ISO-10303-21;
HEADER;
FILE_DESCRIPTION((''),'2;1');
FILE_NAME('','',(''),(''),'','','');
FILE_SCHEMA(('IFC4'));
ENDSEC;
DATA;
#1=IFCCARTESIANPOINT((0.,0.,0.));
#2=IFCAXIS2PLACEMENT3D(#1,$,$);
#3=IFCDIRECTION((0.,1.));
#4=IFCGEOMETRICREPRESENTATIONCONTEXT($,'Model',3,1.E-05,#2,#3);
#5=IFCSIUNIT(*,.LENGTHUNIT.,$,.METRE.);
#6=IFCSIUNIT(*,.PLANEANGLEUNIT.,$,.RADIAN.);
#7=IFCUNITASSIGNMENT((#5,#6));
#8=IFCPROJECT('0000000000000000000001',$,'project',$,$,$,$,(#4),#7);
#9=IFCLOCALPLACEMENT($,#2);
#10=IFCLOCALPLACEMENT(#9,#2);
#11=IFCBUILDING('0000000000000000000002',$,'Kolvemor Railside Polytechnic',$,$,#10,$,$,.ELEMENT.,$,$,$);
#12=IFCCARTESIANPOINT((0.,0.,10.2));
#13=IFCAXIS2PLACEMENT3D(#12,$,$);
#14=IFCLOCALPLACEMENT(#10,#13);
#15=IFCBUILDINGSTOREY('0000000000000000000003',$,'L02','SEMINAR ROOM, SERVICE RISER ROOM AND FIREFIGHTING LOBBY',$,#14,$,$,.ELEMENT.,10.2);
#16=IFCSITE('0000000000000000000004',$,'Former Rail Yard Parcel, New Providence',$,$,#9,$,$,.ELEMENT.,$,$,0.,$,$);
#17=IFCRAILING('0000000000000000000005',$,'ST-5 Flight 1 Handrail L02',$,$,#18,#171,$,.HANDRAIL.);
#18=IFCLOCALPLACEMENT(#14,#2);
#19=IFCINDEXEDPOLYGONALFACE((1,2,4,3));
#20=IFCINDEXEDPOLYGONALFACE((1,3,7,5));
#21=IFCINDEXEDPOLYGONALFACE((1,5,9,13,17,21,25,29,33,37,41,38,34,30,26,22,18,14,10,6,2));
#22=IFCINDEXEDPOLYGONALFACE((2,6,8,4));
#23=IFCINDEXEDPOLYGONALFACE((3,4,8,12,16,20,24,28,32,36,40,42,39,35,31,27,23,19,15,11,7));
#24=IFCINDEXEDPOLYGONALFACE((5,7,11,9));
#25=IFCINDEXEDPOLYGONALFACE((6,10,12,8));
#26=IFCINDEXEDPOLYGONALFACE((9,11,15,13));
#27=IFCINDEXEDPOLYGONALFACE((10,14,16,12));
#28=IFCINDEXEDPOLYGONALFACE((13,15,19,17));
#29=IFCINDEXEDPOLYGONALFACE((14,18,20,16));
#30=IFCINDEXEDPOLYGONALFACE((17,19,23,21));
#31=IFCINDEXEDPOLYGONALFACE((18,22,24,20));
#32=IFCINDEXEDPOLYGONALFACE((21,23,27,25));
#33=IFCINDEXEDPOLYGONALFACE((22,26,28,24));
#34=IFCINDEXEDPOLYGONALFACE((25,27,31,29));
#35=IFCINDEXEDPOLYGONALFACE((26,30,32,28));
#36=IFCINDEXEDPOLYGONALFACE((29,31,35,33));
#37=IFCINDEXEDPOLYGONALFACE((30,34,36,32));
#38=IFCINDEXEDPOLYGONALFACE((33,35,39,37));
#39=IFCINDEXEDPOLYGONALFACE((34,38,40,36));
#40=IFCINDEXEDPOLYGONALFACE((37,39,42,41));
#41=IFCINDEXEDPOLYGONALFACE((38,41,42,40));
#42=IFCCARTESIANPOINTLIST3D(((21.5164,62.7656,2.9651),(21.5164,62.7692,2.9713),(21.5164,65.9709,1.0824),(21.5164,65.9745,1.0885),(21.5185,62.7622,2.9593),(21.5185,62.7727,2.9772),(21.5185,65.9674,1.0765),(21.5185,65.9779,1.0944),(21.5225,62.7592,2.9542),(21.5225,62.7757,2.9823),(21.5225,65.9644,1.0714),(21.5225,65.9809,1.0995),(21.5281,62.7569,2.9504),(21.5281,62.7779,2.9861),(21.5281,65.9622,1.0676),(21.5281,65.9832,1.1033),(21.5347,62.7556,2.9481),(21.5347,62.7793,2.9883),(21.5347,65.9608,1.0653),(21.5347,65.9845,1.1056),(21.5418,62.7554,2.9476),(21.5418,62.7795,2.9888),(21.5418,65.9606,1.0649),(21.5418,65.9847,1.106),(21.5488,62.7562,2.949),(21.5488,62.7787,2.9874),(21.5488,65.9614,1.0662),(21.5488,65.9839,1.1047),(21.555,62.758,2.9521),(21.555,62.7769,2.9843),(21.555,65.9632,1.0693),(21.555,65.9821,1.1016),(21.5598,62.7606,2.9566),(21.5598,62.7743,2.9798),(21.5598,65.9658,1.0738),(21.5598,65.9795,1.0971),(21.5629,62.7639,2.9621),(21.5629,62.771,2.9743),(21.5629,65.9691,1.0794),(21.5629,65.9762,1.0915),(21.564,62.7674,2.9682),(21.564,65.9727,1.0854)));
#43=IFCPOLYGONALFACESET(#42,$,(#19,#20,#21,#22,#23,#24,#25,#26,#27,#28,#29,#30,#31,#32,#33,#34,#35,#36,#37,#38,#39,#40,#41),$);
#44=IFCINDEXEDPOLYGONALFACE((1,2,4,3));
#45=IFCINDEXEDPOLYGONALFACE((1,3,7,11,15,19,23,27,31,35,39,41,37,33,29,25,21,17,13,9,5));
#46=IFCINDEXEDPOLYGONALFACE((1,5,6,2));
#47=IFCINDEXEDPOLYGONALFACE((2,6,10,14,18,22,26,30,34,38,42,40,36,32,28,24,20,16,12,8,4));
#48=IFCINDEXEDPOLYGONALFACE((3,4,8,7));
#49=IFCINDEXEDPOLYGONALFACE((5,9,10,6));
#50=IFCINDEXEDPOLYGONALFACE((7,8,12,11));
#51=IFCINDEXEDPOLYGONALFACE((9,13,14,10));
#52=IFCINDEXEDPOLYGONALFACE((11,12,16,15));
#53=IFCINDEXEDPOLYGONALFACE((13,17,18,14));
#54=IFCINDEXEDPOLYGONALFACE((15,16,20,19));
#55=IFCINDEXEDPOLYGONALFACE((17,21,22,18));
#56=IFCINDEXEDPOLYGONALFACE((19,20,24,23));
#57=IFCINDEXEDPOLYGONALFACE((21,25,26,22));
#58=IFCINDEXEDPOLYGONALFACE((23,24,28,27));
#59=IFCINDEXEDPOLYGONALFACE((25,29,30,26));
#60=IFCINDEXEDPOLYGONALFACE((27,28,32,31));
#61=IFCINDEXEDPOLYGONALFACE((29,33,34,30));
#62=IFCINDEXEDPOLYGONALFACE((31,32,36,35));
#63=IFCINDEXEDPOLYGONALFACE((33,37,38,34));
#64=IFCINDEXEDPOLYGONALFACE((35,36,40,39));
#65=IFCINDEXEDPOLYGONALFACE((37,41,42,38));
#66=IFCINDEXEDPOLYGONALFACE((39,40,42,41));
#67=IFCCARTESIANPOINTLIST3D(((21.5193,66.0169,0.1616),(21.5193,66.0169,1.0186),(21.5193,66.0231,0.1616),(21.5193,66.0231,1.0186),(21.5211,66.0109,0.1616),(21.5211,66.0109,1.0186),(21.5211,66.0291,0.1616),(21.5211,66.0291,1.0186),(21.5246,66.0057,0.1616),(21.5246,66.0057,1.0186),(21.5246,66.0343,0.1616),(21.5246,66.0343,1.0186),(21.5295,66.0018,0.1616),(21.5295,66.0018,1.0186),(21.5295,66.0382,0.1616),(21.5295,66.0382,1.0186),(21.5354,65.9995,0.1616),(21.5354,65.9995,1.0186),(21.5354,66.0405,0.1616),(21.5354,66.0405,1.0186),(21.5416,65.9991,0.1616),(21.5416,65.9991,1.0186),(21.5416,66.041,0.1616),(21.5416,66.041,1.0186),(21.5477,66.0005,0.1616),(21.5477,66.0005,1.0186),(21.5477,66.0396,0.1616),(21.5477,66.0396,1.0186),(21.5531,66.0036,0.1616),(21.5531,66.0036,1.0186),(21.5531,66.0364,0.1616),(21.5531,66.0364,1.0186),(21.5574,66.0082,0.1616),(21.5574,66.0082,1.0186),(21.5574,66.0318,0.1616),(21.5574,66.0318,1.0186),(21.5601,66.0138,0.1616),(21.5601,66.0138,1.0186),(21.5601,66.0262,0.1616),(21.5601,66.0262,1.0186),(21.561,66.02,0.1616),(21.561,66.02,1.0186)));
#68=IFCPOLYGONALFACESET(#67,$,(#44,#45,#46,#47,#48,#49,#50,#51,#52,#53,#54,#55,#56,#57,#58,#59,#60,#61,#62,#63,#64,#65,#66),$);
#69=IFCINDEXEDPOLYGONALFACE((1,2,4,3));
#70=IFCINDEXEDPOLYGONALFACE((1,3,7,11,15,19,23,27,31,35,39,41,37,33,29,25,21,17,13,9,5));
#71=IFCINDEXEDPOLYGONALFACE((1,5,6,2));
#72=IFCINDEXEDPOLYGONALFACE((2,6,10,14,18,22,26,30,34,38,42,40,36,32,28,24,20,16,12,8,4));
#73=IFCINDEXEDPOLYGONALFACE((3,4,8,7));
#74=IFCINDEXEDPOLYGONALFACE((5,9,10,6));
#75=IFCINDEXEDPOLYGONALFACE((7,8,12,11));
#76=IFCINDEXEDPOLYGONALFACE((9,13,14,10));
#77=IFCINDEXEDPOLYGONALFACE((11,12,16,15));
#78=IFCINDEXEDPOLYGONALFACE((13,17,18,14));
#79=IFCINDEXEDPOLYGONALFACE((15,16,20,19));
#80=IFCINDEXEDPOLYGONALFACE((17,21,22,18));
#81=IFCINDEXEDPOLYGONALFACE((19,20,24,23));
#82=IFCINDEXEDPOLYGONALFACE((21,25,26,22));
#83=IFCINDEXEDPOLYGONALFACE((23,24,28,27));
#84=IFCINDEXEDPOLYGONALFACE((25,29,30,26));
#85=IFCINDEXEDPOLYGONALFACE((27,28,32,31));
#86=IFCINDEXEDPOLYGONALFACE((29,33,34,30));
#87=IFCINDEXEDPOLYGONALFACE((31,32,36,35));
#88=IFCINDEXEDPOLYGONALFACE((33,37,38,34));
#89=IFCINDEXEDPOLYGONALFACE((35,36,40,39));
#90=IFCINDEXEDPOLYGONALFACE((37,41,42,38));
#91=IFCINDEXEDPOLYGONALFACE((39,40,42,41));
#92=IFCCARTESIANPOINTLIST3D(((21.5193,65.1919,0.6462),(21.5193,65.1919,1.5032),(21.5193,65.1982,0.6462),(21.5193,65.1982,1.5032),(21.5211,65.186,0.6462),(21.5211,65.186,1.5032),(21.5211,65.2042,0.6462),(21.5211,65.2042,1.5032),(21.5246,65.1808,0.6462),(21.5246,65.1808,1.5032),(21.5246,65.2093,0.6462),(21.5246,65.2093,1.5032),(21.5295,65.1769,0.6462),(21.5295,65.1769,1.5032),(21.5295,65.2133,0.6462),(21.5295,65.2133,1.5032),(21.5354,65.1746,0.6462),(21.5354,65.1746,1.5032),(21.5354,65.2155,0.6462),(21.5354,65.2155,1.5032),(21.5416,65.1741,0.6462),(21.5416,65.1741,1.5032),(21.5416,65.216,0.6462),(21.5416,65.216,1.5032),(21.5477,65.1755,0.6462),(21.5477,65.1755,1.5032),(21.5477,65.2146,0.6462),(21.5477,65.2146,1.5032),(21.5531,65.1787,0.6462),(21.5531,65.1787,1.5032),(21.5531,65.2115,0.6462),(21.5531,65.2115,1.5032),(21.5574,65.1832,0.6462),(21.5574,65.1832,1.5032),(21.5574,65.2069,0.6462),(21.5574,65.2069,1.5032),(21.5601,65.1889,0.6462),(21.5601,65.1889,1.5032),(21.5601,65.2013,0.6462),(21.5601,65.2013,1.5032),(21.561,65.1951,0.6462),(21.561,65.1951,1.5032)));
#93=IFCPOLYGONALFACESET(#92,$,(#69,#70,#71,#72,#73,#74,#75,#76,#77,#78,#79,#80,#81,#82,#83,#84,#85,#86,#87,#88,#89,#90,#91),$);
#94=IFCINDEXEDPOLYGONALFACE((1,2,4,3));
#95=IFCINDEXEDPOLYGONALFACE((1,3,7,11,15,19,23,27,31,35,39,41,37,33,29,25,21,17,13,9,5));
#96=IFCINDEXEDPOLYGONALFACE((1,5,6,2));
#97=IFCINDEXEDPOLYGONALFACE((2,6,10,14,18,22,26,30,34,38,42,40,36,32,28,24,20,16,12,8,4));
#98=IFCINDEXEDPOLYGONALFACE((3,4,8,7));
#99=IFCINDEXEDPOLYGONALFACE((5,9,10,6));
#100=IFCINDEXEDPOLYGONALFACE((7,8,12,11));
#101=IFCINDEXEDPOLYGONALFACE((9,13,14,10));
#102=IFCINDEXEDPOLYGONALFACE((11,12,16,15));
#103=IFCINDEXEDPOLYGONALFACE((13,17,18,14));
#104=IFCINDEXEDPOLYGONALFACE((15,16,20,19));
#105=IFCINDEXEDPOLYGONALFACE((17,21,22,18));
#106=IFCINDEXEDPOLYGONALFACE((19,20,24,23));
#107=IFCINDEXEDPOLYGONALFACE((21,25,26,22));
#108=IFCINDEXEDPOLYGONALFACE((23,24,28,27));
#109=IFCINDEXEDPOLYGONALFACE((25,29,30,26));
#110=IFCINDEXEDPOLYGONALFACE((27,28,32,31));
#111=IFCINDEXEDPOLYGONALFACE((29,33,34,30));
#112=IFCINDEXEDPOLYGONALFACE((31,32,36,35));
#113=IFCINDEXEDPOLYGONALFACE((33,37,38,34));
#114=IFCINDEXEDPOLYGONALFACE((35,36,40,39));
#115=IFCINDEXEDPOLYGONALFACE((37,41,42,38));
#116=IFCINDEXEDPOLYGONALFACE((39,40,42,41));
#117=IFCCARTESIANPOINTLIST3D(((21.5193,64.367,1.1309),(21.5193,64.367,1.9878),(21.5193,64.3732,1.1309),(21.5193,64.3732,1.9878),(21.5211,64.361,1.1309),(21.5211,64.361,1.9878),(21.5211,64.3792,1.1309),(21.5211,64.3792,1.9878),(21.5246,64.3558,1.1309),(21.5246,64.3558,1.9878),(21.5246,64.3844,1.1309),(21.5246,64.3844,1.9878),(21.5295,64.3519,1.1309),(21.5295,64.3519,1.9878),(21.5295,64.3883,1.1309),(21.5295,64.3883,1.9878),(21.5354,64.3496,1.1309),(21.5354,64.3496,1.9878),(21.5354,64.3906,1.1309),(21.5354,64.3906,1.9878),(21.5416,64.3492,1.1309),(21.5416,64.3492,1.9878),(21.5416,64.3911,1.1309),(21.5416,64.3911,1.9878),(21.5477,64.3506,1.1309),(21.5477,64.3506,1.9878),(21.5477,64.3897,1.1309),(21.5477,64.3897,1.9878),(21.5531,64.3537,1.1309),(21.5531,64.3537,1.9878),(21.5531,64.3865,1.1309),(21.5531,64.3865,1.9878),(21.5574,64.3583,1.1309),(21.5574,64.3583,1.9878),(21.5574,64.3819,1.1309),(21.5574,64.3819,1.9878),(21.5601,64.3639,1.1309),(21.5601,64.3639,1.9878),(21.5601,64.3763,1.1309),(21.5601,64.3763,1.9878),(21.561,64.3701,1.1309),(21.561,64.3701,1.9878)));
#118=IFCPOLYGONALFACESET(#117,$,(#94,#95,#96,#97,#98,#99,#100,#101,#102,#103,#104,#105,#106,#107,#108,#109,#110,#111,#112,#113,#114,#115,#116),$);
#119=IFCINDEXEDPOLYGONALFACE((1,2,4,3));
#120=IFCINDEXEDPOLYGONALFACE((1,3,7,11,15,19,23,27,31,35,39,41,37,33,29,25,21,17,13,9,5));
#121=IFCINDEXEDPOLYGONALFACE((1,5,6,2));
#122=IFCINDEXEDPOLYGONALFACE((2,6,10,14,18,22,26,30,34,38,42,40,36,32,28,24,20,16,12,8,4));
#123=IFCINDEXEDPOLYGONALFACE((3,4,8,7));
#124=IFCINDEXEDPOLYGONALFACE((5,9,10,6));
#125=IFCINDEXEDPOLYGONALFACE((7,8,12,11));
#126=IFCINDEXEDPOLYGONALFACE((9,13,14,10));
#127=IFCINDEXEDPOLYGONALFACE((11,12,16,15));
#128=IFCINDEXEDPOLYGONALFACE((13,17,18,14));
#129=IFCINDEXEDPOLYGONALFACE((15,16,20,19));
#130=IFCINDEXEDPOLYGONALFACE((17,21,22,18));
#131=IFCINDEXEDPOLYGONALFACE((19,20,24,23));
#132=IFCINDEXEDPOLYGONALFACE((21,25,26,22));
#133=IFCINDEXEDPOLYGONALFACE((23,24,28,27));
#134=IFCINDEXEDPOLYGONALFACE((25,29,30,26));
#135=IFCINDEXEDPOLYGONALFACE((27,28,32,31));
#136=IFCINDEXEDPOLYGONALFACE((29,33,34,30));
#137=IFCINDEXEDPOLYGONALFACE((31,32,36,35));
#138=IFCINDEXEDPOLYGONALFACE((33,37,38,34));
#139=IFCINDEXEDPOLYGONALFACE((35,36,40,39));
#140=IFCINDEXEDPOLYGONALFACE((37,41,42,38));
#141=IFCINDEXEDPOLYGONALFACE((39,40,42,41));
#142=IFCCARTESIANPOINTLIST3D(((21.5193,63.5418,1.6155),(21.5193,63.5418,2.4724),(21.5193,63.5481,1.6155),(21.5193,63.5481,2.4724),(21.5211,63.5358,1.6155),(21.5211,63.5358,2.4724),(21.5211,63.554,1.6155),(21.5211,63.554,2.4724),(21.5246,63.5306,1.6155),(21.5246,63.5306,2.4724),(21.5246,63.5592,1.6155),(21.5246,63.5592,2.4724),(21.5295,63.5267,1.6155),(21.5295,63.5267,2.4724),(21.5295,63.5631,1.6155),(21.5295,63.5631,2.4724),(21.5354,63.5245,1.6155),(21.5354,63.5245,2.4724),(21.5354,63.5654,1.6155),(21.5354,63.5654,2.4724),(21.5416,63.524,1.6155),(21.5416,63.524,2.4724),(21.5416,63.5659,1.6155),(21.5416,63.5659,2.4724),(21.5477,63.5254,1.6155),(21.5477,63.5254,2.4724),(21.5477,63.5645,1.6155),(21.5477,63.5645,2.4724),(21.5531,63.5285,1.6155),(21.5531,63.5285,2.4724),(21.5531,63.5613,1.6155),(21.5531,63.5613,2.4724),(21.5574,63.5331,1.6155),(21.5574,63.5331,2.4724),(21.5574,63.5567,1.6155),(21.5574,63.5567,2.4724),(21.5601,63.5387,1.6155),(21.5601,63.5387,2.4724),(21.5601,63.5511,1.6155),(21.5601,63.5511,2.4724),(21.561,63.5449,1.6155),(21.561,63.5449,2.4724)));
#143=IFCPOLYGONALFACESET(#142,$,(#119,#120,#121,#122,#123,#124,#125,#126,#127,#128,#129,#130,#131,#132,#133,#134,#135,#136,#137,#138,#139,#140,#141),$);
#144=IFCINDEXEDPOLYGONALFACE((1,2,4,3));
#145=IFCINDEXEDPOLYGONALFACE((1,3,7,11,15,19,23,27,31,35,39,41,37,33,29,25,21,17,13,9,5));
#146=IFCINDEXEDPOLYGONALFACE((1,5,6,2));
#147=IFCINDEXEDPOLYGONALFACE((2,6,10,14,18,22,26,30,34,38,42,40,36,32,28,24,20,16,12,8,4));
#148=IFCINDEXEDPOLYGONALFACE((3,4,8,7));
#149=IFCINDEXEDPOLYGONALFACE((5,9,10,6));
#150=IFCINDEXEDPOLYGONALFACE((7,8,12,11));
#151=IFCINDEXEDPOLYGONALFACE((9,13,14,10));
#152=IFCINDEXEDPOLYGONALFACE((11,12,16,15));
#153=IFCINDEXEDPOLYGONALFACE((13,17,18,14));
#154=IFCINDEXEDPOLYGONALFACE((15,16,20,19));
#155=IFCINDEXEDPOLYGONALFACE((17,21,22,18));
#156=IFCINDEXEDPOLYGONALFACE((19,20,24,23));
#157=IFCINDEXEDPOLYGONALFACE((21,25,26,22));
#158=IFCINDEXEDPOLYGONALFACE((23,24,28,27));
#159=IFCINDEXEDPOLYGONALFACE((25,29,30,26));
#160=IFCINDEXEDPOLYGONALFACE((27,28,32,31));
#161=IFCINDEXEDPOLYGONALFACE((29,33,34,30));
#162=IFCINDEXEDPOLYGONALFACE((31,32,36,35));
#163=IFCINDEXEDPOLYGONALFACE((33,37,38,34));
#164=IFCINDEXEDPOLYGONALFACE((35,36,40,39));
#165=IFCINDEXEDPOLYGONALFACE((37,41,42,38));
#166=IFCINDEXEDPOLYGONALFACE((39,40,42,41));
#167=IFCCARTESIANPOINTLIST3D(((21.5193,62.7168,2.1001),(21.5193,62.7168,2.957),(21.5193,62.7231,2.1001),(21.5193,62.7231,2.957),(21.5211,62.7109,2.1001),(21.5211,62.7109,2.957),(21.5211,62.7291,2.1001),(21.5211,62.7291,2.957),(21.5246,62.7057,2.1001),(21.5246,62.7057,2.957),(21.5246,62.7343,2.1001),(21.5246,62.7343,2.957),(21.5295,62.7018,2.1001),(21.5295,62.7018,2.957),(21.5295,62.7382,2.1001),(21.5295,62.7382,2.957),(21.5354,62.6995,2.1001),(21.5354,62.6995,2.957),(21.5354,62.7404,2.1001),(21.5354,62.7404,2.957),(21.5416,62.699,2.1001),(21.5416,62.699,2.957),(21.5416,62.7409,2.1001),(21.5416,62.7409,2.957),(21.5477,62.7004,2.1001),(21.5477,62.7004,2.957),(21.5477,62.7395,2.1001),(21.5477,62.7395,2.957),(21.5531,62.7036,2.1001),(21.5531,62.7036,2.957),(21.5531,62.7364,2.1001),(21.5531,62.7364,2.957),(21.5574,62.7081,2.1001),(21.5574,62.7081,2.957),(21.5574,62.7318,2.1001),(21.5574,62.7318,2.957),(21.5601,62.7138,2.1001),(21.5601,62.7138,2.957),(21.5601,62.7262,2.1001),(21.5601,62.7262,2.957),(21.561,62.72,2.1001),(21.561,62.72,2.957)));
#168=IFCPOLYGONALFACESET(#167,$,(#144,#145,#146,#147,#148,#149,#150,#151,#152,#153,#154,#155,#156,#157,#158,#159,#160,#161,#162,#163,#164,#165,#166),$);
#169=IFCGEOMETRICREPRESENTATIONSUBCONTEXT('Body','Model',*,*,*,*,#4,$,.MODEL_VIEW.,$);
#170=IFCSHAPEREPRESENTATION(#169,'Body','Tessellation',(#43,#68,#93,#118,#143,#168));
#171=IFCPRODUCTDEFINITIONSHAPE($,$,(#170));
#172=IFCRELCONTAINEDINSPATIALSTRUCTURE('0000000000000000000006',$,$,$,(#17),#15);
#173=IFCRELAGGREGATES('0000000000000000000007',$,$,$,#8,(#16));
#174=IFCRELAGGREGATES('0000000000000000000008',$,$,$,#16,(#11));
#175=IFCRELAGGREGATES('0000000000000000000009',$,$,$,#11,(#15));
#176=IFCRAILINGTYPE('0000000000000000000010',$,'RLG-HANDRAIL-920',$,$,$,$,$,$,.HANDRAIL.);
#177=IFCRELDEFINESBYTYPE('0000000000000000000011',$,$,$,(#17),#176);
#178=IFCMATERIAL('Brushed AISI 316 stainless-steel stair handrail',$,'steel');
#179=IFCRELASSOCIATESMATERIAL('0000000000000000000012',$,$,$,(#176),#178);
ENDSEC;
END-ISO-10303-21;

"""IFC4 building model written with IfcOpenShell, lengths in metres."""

from ifc_helpers import new_model, si_unit, direction, frame, origin, origin_2d, place, context, subcontext, project, spatial, circle, extrude, material, type_object, element, save


model = new_model("IFC4")

# Units and contexts
model_context = context("Model", 3, precision=1e-05, world=origin(), true_north=direction((0.0, 1.0)))
body_context = subcontext(model_context, "Body", "Model", "MODEL_VIEW")
ifc_project = project(units=[si_unit("LENGTHUNIT", "METRE"), si_unit("PLANEANGLEUNIT", "RADIAN")], contexts=[model_context])

# Site, building, storey
site_placement = place(None, origin())
site = spatial("IfcSite", under=ifc_project, at=site_placement, Name="Former Rail Yard Parcel, New Providence", CompositionType="ELEMENT", RefElevation=0.0)
building_placement = place(site_placement, origin())
building = spatial("IfcBuilding", under=site, at=building_placement, Name="Kolvemor Railside Polytechnic", CompositionType="ELEMENT")
storey_placement = place(building_placement, frame((0.0, 0.0, 10.2)))
storey = spatial("IfcBuildingStorey", under=building, at=storey_placement, Name="L02", Description="SEMINAR ROOM, SERVICE RISER ROOM AND FIREFIGHTING LOBBY", CompositionType="ELEMENT", Elevation=10.2)

# Railing
ifc_material_1 = material(Name="Brushed AISI 316 stainless-steel stair handrail", Category="steel")
railing_type_1 = type_object("IfcRailingType", Name="RLG-HANDRAIL-920", PredefinedType="HANDRAIL", material=ifc_material_1)
railing_1_placement = place(storey_placement, frame((21.54, 66.02, 0.1616)))
element("IfcRailing", 1, at=railing_1_placement, inside=storey, type_object=railing_type_1, Name="ST-5 Flight 1 Handrail L02", PredefinedType="HANDRAIL", context=body_context, shape_type="SweptSolid", body=[
    extrude(circle(Radius=0.0239, at=origin_2d()), frame((0.0, -0.0474, 0.9238), z_axis=(0.0, -0.862246, 0.50649), x_axis=(1.0, 0.0, 0.0)), (0.0, 0.0, 1.0), 3.7173),
    extrude(circle(Radius=0.021, at=origin_2d()), origin(), (0.0, 0.0, 1.0), 0.8569),
    extrude(circle(Radius=0.021, at=origin_2d()), frame((0.0, -0.825, 0.4846)), (0.0, 0.0, 1.0), 0.8569),
    extrude(circle(Radius=0.021, at=origin_2d()), frame((0.0, -1.6499, 0.9692)), (0.0, 0.0, 1.0), 0.8569),
    extrude(circle(Radius=0.021, at=origin_2d()), frame((0.0, -2.4751, 1.4539)), (0.0, 0.0, 1.0), 0.8569),
    extrude(circle(Radius=0.021, at=origin_2d()), frame((0.0, -3.3, 1.9385)), (0.0, 0.0, 1.0), 0.8569),
])

save(model, "model.ifc")
